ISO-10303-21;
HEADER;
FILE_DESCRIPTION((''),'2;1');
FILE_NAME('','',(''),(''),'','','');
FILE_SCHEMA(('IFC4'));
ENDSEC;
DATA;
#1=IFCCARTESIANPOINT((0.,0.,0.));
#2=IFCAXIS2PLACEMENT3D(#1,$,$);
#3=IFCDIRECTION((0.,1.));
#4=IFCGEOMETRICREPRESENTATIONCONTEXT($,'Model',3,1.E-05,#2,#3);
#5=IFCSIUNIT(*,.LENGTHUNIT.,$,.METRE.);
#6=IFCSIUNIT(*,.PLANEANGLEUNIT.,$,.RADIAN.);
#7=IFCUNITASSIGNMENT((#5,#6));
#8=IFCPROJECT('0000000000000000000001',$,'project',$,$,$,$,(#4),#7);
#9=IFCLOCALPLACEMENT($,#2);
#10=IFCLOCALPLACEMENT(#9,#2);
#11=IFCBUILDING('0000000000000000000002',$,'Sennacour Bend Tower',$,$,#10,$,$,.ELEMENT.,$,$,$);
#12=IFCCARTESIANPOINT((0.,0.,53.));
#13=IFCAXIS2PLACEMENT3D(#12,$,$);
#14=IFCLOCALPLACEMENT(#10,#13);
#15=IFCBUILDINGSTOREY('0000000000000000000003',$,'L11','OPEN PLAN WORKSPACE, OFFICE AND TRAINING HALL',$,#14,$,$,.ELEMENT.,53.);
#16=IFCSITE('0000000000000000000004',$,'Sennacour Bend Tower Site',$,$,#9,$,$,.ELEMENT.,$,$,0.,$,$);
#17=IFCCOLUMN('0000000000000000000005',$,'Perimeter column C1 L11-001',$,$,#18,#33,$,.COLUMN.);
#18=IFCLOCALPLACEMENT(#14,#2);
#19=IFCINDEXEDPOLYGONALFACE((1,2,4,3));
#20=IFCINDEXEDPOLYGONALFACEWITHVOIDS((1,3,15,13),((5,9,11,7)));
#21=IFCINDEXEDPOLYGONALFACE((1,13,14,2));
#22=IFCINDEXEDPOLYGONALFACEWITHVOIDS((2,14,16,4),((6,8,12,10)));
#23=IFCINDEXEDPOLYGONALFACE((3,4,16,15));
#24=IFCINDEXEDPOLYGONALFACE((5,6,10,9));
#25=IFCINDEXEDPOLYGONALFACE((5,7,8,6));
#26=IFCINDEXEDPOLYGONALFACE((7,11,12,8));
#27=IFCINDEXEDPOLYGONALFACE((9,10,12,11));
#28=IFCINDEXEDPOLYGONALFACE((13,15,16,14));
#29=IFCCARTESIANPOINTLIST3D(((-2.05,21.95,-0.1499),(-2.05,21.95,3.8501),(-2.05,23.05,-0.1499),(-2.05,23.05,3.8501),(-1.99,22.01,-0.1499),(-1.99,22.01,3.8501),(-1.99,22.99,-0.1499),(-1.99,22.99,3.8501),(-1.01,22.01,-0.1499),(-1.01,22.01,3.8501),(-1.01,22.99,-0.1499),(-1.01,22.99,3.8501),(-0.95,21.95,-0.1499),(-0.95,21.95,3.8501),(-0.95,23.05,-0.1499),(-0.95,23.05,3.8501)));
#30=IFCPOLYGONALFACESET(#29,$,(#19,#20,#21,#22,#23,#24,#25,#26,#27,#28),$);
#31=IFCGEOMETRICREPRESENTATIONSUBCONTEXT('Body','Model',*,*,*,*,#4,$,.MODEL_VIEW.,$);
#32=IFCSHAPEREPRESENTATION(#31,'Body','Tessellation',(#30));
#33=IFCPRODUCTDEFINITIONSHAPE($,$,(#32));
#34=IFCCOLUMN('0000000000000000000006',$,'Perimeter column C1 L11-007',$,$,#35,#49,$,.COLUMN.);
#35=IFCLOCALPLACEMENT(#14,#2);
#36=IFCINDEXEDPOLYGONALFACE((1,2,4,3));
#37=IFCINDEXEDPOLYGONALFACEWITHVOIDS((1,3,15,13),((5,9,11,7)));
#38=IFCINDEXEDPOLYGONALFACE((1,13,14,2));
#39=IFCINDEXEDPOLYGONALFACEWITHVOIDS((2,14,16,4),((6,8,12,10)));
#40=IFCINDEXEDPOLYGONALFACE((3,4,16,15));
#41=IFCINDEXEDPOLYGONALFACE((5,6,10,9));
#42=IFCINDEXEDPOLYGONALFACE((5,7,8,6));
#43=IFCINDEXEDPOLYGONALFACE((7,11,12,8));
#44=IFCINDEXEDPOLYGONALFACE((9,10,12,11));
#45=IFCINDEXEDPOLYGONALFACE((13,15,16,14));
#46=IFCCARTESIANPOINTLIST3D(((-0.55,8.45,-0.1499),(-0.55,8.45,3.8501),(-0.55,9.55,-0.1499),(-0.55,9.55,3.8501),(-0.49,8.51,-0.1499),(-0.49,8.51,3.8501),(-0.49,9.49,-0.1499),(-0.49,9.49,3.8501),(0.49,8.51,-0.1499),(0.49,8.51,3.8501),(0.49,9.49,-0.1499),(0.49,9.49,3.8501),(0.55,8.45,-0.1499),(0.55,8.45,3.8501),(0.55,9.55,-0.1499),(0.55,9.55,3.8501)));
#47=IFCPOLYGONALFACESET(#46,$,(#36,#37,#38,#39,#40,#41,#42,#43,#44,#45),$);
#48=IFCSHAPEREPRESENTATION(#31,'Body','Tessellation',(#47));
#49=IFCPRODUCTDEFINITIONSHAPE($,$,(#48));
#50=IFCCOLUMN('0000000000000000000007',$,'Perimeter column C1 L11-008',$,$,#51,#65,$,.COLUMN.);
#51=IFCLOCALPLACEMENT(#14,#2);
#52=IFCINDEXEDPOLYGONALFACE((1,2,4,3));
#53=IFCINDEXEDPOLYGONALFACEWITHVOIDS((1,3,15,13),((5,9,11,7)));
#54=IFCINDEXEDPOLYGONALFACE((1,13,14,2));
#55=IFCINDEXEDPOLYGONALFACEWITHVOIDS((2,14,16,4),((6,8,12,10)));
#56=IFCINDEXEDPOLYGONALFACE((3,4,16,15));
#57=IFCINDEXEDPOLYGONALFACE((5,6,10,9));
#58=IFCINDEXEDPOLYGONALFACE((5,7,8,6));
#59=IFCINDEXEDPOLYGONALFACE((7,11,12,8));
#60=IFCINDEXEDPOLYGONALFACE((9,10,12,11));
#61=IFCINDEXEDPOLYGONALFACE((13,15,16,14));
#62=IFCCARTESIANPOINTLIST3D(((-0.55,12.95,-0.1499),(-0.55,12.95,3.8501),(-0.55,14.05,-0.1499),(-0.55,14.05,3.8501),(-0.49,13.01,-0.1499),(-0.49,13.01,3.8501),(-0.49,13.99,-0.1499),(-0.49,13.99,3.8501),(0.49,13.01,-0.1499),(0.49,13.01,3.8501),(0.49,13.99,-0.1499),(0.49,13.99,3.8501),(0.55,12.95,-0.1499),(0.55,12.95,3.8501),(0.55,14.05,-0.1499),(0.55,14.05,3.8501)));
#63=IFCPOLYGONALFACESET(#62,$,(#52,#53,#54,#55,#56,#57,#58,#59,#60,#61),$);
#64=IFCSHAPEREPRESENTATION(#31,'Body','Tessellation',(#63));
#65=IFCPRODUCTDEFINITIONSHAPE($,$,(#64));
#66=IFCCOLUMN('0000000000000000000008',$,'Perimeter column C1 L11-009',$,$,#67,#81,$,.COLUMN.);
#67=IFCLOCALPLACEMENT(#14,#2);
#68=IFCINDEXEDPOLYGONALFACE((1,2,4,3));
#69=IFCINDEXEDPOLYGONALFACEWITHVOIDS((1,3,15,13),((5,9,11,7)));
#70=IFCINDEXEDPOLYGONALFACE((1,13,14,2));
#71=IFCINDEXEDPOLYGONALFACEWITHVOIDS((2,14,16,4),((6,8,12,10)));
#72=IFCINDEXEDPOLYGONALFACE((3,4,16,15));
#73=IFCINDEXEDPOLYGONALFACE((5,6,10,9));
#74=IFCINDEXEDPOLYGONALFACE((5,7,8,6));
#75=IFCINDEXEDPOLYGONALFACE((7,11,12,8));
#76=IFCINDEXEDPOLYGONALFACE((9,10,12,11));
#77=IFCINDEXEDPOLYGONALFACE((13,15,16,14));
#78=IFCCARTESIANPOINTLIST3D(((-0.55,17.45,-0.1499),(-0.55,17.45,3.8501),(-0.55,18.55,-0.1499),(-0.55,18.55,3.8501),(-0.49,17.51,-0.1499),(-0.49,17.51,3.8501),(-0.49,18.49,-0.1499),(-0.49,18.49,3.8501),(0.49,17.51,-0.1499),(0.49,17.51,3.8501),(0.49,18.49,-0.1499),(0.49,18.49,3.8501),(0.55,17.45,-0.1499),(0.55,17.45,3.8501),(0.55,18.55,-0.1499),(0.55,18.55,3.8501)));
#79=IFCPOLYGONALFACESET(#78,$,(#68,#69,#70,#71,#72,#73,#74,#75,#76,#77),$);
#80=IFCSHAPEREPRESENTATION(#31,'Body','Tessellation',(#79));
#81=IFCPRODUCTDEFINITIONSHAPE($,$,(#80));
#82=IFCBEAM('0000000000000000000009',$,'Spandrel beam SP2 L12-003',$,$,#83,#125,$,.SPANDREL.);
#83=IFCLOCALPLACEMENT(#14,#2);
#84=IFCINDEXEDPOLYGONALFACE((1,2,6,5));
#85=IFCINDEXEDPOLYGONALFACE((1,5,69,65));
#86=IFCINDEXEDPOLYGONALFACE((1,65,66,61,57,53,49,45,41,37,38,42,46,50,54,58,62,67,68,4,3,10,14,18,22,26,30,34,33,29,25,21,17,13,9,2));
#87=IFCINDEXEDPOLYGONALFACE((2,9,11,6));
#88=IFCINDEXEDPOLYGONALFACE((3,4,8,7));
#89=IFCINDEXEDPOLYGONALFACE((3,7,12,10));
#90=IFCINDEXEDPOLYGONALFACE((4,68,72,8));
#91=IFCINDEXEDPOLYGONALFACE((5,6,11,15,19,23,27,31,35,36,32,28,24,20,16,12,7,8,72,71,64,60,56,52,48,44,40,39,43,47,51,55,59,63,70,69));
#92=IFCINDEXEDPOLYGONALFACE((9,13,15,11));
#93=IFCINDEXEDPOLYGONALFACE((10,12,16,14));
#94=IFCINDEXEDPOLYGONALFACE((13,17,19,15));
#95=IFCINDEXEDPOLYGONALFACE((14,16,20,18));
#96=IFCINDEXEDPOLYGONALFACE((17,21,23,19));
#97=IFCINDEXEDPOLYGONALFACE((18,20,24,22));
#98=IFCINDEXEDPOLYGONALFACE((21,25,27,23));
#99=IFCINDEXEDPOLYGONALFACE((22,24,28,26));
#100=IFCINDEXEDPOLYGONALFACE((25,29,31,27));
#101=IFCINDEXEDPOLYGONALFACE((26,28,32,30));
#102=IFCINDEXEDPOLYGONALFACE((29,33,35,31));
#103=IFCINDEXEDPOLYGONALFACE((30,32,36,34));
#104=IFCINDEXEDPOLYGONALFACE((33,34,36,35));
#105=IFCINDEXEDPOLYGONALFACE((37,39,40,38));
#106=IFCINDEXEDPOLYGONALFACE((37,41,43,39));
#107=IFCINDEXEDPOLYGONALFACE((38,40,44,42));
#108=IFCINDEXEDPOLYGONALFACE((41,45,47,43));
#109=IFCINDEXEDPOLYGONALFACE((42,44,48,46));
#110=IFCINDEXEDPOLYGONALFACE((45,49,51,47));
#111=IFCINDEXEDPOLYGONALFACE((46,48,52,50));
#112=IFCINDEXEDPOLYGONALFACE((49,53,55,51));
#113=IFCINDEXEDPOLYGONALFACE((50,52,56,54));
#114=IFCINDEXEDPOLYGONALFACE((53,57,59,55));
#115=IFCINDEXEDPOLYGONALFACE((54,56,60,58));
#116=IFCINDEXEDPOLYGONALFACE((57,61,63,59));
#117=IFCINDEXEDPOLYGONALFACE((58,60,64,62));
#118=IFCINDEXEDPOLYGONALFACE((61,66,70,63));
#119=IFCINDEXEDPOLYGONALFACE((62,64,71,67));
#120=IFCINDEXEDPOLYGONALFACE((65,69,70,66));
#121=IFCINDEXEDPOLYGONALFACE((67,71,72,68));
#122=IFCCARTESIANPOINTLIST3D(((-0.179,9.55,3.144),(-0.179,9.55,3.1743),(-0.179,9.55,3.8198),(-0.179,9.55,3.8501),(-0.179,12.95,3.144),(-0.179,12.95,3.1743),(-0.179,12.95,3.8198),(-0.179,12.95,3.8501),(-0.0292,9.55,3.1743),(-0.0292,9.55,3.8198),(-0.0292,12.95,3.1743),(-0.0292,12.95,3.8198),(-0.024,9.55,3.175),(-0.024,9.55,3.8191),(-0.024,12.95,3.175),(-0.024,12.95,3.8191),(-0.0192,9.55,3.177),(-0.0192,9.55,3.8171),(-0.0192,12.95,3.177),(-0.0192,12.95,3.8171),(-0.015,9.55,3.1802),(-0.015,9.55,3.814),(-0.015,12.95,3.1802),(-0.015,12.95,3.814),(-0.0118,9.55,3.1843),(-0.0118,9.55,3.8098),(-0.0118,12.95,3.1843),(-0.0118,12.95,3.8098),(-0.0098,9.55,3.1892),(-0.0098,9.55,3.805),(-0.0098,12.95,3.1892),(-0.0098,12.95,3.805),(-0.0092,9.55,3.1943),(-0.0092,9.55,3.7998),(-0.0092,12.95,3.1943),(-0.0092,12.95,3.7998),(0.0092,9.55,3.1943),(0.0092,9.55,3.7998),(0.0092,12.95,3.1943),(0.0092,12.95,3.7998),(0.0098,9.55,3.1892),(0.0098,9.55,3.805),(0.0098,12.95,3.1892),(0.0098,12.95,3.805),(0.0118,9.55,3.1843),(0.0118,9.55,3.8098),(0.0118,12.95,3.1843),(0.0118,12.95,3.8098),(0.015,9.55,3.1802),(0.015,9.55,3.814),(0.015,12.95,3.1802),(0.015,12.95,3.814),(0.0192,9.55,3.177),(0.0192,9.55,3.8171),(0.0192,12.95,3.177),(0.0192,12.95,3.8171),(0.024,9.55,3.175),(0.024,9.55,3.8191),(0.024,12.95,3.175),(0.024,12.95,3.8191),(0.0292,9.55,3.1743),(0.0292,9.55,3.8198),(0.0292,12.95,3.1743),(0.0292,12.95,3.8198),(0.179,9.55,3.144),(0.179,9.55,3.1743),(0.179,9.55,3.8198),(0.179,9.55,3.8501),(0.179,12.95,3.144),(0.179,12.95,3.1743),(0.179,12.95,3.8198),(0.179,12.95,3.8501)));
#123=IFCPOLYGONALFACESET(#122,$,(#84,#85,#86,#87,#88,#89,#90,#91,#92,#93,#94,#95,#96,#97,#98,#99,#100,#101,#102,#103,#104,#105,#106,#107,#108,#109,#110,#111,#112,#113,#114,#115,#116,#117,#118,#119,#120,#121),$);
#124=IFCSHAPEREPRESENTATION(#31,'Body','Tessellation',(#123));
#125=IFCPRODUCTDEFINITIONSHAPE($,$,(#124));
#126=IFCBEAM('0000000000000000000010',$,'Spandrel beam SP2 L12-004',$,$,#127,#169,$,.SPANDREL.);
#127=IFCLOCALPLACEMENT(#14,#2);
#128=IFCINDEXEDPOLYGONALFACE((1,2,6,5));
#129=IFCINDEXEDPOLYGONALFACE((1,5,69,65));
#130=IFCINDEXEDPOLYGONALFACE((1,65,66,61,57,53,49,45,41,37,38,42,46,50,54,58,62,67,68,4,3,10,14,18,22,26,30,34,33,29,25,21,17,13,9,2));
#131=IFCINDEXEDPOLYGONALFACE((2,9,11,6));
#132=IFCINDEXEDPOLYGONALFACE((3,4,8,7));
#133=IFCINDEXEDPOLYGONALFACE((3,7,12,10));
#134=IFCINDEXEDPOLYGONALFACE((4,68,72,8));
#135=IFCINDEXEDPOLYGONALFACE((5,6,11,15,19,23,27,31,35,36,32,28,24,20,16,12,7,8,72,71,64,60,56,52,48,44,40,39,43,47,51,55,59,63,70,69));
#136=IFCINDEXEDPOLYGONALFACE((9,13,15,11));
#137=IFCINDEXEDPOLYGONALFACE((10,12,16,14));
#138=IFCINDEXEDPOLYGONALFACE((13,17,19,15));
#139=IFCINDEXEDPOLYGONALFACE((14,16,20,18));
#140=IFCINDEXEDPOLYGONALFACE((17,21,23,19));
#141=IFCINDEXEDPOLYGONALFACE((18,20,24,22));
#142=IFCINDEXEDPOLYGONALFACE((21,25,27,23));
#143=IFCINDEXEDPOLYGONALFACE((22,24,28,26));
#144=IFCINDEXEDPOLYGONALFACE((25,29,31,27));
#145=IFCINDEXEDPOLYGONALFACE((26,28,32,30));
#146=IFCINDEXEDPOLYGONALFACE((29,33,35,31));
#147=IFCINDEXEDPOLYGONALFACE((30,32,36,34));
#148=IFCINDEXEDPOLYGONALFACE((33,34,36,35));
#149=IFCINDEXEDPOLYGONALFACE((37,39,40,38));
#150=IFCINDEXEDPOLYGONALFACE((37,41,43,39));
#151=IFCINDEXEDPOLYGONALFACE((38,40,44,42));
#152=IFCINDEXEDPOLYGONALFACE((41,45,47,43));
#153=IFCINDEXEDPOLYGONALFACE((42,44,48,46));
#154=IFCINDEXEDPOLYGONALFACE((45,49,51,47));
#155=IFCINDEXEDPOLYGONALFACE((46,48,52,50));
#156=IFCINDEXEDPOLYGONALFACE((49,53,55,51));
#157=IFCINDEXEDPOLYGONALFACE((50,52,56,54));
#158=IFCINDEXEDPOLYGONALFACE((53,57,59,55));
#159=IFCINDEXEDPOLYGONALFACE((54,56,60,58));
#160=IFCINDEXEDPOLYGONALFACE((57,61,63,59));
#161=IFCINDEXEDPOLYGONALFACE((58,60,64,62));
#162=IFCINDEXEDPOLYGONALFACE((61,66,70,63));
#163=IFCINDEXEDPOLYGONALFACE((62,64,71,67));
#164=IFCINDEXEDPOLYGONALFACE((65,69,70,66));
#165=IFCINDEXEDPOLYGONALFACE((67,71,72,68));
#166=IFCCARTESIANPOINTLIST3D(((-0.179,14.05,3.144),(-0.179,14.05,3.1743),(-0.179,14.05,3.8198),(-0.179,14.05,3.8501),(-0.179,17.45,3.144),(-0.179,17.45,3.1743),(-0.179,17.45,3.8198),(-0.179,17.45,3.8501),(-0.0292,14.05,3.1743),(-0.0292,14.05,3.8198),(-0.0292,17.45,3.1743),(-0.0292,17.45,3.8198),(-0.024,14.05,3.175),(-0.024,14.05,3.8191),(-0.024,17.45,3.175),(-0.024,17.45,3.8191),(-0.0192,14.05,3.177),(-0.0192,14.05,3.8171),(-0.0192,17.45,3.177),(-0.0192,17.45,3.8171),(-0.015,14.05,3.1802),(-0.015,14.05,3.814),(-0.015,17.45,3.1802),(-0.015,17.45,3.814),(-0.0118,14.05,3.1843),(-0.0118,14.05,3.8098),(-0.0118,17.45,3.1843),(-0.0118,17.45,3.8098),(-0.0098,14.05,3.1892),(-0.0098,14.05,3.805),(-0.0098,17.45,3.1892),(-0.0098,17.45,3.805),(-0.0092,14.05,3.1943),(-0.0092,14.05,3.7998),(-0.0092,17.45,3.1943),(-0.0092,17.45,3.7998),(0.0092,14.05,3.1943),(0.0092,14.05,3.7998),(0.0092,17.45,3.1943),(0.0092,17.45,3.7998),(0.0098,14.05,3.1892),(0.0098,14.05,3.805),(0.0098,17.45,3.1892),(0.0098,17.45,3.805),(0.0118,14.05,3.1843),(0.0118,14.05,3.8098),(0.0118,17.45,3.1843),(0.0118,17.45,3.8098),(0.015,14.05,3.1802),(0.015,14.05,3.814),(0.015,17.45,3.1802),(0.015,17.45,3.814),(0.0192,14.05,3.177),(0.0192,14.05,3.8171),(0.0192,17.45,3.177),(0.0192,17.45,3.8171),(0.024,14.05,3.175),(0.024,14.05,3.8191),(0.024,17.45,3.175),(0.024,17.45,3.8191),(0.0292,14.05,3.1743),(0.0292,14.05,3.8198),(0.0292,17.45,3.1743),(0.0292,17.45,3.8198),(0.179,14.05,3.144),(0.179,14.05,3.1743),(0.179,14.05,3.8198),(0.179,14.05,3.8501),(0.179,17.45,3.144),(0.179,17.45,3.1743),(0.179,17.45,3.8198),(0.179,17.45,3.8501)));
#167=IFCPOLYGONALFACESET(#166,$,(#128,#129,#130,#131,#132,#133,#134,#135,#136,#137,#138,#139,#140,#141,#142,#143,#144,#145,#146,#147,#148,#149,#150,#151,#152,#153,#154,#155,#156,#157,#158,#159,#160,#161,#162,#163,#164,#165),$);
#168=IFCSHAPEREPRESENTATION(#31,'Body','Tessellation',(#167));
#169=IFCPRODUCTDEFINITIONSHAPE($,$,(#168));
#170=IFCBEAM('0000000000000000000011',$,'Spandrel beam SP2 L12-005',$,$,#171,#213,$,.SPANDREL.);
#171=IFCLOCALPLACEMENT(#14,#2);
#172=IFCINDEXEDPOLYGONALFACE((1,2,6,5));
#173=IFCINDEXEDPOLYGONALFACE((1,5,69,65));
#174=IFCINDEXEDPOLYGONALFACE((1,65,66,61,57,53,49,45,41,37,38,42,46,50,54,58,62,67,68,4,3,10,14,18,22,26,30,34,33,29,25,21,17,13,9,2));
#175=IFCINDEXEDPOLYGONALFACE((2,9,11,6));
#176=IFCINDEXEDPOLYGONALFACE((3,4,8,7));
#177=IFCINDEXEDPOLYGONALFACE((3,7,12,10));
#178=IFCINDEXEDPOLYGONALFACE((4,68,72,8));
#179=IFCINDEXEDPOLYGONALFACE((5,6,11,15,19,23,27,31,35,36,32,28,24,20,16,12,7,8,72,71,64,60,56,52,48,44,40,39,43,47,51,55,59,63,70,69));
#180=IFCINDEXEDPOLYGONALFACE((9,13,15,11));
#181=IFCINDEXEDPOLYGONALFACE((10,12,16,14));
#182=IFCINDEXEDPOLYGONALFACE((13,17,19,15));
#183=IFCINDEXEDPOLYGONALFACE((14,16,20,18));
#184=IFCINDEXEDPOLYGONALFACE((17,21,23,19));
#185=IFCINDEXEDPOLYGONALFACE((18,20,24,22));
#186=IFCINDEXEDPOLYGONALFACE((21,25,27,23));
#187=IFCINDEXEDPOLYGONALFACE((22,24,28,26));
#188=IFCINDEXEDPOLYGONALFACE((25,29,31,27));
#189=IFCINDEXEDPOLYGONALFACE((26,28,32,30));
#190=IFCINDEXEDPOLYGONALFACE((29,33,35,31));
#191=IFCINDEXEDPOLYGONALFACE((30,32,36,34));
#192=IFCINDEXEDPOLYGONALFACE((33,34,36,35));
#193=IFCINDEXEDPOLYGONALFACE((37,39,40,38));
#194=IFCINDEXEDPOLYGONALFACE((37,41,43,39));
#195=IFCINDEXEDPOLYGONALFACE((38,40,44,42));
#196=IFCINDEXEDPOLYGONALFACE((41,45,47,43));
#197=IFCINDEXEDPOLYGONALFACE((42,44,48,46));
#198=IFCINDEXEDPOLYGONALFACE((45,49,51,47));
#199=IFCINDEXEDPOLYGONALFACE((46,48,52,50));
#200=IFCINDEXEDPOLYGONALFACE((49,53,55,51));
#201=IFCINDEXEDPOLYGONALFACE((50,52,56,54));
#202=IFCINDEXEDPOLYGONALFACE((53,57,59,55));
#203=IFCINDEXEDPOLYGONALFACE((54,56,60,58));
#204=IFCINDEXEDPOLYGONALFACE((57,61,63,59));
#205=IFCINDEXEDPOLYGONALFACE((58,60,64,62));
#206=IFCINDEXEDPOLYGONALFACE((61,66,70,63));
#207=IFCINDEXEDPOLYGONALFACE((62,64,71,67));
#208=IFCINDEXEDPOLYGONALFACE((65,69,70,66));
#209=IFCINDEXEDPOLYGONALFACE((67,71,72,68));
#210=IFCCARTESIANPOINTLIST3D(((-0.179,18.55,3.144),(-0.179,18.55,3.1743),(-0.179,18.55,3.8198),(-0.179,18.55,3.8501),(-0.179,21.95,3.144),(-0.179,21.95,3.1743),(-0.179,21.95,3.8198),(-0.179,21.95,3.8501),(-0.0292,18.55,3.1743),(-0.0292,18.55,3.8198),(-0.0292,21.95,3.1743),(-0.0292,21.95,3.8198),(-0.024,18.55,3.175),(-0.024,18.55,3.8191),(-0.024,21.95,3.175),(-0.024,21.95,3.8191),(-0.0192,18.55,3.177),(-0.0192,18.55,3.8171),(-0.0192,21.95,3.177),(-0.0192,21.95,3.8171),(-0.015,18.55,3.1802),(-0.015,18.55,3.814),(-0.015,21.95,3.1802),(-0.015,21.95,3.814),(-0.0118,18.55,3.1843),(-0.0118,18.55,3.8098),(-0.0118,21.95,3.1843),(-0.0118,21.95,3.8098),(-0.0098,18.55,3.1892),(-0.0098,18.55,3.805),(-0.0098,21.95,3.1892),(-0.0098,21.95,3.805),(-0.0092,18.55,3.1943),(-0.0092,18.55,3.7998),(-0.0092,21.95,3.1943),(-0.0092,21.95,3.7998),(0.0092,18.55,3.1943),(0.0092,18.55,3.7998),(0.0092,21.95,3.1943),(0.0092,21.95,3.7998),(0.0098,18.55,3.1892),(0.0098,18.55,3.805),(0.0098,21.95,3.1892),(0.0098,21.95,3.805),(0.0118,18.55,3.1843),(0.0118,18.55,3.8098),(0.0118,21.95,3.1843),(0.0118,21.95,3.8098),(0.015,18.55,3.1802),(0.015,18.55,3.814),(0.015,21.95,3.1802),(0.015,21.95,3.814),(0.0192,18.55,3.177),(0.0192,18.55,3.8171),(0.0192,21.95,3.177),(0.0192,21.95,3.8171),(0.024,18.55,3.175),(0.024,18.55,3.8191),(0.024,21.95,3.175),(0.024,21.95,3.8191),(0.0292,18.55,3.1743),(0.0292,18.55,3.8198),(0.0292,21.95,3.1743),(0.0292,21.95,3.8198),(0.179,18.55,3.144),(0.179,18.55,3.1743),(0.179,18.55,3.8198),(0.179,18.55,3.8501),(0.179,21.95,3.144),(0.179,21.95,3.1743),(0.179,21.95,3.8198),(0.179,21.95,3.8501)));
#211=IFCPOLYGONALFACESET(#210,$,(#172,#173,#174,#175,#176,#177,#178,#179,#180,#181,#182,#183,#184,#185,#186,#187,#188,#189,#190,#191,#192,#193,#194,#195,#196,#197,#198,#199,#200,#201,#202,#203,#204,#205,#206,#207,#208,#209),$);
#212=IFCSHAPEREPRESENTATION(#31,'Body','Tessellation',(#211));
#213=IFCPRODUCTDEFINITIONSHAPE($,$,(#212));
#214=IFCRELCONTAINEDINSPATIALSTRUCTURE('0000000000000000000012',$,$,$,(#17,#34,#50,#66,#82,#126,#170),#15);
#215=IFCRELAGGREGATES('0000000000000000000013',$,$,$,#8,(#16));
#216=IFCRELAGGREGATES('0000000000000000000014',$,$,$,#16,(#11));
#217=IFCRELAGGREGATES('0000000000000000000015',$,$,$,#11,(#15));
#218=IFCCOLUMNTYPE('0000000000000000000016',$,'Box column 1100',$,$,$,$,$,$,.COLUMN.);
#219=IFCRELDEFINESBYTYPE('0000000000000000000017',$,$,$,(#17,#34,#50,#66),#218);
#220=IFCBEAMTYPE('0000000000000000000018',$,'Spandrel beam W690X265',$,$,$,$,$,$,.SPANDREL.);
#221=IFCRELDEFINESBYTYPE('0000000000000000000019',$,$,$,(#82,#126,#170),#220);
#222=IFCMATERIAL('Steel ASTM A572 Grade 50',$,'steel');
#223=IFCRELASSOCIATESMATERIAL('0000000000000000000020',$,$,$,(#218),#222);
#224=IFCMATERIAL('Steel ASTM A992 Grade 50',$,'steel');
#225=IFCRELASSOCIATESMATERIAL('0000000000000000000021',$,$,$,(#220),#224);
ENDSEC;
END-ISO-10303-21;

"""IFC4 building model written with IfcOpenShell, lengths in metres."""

from ifc_helpers import new_model, si_unit, direction, frame, origin, origin_2d, place, context, subcontext, project, spatial, hollow_rectangle, i_section, extrude, material, material_profile, profile_set, type_object, element, save


model = new_model("IFC4")

# Units and contexts
model_context = context("Model", 3, precision=1e-05, world=origin(), true_north=direction((0.0, 1.0)))
body_context = subcontext(model_context, "Body", "Model", "MODEL_VIEW")
ifc_project = project(units=[si_unit("LENGTHUNIT", "METRE"), si_unit("PLANEANGLEUNIT", "RADIAN")], contexts=[model_context])

# Site, building, storey
site_placement = place(None, origin())
site = spatial("IfcSite", under=ifc_project, at=site_placement, Name="Sennacour Bend Tower Site", CompositionType="ELEMENT", RefElevation=0.0)
building_placement = place(site_placement, origin())
building = spatial("IfcBuilding", under=site, at=building_placement, Name="Sennacour Bend Tower", CompositionType="ELEMENT")
storey_placement = place(building_placement, frame((0.0, 0.0, 53.0)))
storey = spatial("IfcBuildingStorey", under=building, at=storey_placement, Name="L11", Description="OPEN PLAN WORKSPACE, OFFICE AND TRAINING HALL", CompositionType="ELEMENT", Elevation=53.0)

# Columns
ifc_material_1 = material(Name="Steel ASTM A572 Grade 50", Category="steel")
ifc_material_profile_1 = material_profile(ifc_material_1, hollow_rectangle(XDim=1.1001, YDim=1.1001, WallThickness=0.0601, at=origin_2d()), Name="Steel ASTM A572 Grade 50", Category="steel")
ifc_profile_set_1 = profile_set([ifc_material_profile_1], Name="Steel ASTM A572 Grade 50")
column_type = type_object("IfcColumnType", Name="Box column 1100", PredefinedType="COLUMN", material=ifc_profile_set_1)
for number, where, z_axis, x_axis, name in (
    (1, (-1.5, 22.5, -0.1499), (0.0, 0.0, 1.0), (1.0, 0.0, 0.0), "Perimeter column C1 L11-001"),
    (2, (0.0, 9.0, -0.1499), (0.0, 0.0, 1.0), (1.0, 0.0, 0.0), "Perimeter column C1 L11-007"),
    (3, (0.0, 13.5, -0.1499), (0.0, 0.0, 1.0), (1.0, 0.0, 0.0), "Perimeter column C1 L11-008"),
    (4, (0.0, 18.0, -0.1499), (0.0, 0.0, 1.0), (1.0, 0.0, 0.0), "Perimeter column C1 L11-009"),
):
    element("IfcColumn", number, at=place(storey_placement, frame(where, z_axis=z_axis, x_axis=x_axis)), inside=storey, type_object=column_type, Name=name, PredefinedType="COLUMN", context=body_context, shape_type="SweptSolid", body=[
        extrude(hollow_rectangle(XDim=1.1001, YDim=1.1001, WallThickness=0.0601, at=origin_2d()), origin(), (0.0, 0.0, 1.0), 4.0),
    ])

# Beams
ifc_material_2 = material(Name="Steel ASTM A992 Grade 50", Category="steel")
ifc_material_profile_2 = material_profile(ifc_material_2, i_section(OverallWidth=0.3579, OverallDepth=0.7061, WebThickness=0.0183, FlangeThickness=0.0303, FilletRadius=0.02, at=origin_2d()), Name="Steel ASTM A992 Grade 50", Category="steel")
ifc_profile_set_2 = profile_set([ifc_material_profile_2], Name="Steel ASTM A992 Grade 50")
beam_type = type_object("IfcBeamType", Name="Spandrel beam W690X265", PredefinedType="SPANDREL", material=ifc_profile_set_2)
for number, where, z_axis, x_axis, name in (
    (5, (0.0, 9.55, 3.4971), (0.0, 1.0, 0.0), (-1.0, 0.0, 0.0), "Spandrel beam SP2 L12-003"),
    (6, (0.0, 14.05, 3.4971), (0.0, 1.0, 0.0), (-1.0, 0.0, 0.0), "Spandrel beam SP2 L12-004"),
    (7, (0.0, 18.55, 3.4971), (0.0, 1.0, 0.0), (-1.0, 0.0, 0.0), "Spandrel beam SP2 L12-005"),
):
    element("IfcBeam", number, at=place(storey_placement, frame(where, z_axis=z_axis, x_axis=x_axis)), inside=storey, type_object=beam_type, Name=name, PredefinedType="SPANDREL", context=body_context, shape_type="SweptSolid", body=[
        extrude(i_section(OverallWidth=0.3579, OverallDepth=0.7061, WebThickness=0.0183, FlangeThickness=0.0303, FilletRadius=0.02, at=origin_2d()), origin(), (0.0, 0.0, 1.0), 3.3999),
    ])

save(model, "model.ifc")
